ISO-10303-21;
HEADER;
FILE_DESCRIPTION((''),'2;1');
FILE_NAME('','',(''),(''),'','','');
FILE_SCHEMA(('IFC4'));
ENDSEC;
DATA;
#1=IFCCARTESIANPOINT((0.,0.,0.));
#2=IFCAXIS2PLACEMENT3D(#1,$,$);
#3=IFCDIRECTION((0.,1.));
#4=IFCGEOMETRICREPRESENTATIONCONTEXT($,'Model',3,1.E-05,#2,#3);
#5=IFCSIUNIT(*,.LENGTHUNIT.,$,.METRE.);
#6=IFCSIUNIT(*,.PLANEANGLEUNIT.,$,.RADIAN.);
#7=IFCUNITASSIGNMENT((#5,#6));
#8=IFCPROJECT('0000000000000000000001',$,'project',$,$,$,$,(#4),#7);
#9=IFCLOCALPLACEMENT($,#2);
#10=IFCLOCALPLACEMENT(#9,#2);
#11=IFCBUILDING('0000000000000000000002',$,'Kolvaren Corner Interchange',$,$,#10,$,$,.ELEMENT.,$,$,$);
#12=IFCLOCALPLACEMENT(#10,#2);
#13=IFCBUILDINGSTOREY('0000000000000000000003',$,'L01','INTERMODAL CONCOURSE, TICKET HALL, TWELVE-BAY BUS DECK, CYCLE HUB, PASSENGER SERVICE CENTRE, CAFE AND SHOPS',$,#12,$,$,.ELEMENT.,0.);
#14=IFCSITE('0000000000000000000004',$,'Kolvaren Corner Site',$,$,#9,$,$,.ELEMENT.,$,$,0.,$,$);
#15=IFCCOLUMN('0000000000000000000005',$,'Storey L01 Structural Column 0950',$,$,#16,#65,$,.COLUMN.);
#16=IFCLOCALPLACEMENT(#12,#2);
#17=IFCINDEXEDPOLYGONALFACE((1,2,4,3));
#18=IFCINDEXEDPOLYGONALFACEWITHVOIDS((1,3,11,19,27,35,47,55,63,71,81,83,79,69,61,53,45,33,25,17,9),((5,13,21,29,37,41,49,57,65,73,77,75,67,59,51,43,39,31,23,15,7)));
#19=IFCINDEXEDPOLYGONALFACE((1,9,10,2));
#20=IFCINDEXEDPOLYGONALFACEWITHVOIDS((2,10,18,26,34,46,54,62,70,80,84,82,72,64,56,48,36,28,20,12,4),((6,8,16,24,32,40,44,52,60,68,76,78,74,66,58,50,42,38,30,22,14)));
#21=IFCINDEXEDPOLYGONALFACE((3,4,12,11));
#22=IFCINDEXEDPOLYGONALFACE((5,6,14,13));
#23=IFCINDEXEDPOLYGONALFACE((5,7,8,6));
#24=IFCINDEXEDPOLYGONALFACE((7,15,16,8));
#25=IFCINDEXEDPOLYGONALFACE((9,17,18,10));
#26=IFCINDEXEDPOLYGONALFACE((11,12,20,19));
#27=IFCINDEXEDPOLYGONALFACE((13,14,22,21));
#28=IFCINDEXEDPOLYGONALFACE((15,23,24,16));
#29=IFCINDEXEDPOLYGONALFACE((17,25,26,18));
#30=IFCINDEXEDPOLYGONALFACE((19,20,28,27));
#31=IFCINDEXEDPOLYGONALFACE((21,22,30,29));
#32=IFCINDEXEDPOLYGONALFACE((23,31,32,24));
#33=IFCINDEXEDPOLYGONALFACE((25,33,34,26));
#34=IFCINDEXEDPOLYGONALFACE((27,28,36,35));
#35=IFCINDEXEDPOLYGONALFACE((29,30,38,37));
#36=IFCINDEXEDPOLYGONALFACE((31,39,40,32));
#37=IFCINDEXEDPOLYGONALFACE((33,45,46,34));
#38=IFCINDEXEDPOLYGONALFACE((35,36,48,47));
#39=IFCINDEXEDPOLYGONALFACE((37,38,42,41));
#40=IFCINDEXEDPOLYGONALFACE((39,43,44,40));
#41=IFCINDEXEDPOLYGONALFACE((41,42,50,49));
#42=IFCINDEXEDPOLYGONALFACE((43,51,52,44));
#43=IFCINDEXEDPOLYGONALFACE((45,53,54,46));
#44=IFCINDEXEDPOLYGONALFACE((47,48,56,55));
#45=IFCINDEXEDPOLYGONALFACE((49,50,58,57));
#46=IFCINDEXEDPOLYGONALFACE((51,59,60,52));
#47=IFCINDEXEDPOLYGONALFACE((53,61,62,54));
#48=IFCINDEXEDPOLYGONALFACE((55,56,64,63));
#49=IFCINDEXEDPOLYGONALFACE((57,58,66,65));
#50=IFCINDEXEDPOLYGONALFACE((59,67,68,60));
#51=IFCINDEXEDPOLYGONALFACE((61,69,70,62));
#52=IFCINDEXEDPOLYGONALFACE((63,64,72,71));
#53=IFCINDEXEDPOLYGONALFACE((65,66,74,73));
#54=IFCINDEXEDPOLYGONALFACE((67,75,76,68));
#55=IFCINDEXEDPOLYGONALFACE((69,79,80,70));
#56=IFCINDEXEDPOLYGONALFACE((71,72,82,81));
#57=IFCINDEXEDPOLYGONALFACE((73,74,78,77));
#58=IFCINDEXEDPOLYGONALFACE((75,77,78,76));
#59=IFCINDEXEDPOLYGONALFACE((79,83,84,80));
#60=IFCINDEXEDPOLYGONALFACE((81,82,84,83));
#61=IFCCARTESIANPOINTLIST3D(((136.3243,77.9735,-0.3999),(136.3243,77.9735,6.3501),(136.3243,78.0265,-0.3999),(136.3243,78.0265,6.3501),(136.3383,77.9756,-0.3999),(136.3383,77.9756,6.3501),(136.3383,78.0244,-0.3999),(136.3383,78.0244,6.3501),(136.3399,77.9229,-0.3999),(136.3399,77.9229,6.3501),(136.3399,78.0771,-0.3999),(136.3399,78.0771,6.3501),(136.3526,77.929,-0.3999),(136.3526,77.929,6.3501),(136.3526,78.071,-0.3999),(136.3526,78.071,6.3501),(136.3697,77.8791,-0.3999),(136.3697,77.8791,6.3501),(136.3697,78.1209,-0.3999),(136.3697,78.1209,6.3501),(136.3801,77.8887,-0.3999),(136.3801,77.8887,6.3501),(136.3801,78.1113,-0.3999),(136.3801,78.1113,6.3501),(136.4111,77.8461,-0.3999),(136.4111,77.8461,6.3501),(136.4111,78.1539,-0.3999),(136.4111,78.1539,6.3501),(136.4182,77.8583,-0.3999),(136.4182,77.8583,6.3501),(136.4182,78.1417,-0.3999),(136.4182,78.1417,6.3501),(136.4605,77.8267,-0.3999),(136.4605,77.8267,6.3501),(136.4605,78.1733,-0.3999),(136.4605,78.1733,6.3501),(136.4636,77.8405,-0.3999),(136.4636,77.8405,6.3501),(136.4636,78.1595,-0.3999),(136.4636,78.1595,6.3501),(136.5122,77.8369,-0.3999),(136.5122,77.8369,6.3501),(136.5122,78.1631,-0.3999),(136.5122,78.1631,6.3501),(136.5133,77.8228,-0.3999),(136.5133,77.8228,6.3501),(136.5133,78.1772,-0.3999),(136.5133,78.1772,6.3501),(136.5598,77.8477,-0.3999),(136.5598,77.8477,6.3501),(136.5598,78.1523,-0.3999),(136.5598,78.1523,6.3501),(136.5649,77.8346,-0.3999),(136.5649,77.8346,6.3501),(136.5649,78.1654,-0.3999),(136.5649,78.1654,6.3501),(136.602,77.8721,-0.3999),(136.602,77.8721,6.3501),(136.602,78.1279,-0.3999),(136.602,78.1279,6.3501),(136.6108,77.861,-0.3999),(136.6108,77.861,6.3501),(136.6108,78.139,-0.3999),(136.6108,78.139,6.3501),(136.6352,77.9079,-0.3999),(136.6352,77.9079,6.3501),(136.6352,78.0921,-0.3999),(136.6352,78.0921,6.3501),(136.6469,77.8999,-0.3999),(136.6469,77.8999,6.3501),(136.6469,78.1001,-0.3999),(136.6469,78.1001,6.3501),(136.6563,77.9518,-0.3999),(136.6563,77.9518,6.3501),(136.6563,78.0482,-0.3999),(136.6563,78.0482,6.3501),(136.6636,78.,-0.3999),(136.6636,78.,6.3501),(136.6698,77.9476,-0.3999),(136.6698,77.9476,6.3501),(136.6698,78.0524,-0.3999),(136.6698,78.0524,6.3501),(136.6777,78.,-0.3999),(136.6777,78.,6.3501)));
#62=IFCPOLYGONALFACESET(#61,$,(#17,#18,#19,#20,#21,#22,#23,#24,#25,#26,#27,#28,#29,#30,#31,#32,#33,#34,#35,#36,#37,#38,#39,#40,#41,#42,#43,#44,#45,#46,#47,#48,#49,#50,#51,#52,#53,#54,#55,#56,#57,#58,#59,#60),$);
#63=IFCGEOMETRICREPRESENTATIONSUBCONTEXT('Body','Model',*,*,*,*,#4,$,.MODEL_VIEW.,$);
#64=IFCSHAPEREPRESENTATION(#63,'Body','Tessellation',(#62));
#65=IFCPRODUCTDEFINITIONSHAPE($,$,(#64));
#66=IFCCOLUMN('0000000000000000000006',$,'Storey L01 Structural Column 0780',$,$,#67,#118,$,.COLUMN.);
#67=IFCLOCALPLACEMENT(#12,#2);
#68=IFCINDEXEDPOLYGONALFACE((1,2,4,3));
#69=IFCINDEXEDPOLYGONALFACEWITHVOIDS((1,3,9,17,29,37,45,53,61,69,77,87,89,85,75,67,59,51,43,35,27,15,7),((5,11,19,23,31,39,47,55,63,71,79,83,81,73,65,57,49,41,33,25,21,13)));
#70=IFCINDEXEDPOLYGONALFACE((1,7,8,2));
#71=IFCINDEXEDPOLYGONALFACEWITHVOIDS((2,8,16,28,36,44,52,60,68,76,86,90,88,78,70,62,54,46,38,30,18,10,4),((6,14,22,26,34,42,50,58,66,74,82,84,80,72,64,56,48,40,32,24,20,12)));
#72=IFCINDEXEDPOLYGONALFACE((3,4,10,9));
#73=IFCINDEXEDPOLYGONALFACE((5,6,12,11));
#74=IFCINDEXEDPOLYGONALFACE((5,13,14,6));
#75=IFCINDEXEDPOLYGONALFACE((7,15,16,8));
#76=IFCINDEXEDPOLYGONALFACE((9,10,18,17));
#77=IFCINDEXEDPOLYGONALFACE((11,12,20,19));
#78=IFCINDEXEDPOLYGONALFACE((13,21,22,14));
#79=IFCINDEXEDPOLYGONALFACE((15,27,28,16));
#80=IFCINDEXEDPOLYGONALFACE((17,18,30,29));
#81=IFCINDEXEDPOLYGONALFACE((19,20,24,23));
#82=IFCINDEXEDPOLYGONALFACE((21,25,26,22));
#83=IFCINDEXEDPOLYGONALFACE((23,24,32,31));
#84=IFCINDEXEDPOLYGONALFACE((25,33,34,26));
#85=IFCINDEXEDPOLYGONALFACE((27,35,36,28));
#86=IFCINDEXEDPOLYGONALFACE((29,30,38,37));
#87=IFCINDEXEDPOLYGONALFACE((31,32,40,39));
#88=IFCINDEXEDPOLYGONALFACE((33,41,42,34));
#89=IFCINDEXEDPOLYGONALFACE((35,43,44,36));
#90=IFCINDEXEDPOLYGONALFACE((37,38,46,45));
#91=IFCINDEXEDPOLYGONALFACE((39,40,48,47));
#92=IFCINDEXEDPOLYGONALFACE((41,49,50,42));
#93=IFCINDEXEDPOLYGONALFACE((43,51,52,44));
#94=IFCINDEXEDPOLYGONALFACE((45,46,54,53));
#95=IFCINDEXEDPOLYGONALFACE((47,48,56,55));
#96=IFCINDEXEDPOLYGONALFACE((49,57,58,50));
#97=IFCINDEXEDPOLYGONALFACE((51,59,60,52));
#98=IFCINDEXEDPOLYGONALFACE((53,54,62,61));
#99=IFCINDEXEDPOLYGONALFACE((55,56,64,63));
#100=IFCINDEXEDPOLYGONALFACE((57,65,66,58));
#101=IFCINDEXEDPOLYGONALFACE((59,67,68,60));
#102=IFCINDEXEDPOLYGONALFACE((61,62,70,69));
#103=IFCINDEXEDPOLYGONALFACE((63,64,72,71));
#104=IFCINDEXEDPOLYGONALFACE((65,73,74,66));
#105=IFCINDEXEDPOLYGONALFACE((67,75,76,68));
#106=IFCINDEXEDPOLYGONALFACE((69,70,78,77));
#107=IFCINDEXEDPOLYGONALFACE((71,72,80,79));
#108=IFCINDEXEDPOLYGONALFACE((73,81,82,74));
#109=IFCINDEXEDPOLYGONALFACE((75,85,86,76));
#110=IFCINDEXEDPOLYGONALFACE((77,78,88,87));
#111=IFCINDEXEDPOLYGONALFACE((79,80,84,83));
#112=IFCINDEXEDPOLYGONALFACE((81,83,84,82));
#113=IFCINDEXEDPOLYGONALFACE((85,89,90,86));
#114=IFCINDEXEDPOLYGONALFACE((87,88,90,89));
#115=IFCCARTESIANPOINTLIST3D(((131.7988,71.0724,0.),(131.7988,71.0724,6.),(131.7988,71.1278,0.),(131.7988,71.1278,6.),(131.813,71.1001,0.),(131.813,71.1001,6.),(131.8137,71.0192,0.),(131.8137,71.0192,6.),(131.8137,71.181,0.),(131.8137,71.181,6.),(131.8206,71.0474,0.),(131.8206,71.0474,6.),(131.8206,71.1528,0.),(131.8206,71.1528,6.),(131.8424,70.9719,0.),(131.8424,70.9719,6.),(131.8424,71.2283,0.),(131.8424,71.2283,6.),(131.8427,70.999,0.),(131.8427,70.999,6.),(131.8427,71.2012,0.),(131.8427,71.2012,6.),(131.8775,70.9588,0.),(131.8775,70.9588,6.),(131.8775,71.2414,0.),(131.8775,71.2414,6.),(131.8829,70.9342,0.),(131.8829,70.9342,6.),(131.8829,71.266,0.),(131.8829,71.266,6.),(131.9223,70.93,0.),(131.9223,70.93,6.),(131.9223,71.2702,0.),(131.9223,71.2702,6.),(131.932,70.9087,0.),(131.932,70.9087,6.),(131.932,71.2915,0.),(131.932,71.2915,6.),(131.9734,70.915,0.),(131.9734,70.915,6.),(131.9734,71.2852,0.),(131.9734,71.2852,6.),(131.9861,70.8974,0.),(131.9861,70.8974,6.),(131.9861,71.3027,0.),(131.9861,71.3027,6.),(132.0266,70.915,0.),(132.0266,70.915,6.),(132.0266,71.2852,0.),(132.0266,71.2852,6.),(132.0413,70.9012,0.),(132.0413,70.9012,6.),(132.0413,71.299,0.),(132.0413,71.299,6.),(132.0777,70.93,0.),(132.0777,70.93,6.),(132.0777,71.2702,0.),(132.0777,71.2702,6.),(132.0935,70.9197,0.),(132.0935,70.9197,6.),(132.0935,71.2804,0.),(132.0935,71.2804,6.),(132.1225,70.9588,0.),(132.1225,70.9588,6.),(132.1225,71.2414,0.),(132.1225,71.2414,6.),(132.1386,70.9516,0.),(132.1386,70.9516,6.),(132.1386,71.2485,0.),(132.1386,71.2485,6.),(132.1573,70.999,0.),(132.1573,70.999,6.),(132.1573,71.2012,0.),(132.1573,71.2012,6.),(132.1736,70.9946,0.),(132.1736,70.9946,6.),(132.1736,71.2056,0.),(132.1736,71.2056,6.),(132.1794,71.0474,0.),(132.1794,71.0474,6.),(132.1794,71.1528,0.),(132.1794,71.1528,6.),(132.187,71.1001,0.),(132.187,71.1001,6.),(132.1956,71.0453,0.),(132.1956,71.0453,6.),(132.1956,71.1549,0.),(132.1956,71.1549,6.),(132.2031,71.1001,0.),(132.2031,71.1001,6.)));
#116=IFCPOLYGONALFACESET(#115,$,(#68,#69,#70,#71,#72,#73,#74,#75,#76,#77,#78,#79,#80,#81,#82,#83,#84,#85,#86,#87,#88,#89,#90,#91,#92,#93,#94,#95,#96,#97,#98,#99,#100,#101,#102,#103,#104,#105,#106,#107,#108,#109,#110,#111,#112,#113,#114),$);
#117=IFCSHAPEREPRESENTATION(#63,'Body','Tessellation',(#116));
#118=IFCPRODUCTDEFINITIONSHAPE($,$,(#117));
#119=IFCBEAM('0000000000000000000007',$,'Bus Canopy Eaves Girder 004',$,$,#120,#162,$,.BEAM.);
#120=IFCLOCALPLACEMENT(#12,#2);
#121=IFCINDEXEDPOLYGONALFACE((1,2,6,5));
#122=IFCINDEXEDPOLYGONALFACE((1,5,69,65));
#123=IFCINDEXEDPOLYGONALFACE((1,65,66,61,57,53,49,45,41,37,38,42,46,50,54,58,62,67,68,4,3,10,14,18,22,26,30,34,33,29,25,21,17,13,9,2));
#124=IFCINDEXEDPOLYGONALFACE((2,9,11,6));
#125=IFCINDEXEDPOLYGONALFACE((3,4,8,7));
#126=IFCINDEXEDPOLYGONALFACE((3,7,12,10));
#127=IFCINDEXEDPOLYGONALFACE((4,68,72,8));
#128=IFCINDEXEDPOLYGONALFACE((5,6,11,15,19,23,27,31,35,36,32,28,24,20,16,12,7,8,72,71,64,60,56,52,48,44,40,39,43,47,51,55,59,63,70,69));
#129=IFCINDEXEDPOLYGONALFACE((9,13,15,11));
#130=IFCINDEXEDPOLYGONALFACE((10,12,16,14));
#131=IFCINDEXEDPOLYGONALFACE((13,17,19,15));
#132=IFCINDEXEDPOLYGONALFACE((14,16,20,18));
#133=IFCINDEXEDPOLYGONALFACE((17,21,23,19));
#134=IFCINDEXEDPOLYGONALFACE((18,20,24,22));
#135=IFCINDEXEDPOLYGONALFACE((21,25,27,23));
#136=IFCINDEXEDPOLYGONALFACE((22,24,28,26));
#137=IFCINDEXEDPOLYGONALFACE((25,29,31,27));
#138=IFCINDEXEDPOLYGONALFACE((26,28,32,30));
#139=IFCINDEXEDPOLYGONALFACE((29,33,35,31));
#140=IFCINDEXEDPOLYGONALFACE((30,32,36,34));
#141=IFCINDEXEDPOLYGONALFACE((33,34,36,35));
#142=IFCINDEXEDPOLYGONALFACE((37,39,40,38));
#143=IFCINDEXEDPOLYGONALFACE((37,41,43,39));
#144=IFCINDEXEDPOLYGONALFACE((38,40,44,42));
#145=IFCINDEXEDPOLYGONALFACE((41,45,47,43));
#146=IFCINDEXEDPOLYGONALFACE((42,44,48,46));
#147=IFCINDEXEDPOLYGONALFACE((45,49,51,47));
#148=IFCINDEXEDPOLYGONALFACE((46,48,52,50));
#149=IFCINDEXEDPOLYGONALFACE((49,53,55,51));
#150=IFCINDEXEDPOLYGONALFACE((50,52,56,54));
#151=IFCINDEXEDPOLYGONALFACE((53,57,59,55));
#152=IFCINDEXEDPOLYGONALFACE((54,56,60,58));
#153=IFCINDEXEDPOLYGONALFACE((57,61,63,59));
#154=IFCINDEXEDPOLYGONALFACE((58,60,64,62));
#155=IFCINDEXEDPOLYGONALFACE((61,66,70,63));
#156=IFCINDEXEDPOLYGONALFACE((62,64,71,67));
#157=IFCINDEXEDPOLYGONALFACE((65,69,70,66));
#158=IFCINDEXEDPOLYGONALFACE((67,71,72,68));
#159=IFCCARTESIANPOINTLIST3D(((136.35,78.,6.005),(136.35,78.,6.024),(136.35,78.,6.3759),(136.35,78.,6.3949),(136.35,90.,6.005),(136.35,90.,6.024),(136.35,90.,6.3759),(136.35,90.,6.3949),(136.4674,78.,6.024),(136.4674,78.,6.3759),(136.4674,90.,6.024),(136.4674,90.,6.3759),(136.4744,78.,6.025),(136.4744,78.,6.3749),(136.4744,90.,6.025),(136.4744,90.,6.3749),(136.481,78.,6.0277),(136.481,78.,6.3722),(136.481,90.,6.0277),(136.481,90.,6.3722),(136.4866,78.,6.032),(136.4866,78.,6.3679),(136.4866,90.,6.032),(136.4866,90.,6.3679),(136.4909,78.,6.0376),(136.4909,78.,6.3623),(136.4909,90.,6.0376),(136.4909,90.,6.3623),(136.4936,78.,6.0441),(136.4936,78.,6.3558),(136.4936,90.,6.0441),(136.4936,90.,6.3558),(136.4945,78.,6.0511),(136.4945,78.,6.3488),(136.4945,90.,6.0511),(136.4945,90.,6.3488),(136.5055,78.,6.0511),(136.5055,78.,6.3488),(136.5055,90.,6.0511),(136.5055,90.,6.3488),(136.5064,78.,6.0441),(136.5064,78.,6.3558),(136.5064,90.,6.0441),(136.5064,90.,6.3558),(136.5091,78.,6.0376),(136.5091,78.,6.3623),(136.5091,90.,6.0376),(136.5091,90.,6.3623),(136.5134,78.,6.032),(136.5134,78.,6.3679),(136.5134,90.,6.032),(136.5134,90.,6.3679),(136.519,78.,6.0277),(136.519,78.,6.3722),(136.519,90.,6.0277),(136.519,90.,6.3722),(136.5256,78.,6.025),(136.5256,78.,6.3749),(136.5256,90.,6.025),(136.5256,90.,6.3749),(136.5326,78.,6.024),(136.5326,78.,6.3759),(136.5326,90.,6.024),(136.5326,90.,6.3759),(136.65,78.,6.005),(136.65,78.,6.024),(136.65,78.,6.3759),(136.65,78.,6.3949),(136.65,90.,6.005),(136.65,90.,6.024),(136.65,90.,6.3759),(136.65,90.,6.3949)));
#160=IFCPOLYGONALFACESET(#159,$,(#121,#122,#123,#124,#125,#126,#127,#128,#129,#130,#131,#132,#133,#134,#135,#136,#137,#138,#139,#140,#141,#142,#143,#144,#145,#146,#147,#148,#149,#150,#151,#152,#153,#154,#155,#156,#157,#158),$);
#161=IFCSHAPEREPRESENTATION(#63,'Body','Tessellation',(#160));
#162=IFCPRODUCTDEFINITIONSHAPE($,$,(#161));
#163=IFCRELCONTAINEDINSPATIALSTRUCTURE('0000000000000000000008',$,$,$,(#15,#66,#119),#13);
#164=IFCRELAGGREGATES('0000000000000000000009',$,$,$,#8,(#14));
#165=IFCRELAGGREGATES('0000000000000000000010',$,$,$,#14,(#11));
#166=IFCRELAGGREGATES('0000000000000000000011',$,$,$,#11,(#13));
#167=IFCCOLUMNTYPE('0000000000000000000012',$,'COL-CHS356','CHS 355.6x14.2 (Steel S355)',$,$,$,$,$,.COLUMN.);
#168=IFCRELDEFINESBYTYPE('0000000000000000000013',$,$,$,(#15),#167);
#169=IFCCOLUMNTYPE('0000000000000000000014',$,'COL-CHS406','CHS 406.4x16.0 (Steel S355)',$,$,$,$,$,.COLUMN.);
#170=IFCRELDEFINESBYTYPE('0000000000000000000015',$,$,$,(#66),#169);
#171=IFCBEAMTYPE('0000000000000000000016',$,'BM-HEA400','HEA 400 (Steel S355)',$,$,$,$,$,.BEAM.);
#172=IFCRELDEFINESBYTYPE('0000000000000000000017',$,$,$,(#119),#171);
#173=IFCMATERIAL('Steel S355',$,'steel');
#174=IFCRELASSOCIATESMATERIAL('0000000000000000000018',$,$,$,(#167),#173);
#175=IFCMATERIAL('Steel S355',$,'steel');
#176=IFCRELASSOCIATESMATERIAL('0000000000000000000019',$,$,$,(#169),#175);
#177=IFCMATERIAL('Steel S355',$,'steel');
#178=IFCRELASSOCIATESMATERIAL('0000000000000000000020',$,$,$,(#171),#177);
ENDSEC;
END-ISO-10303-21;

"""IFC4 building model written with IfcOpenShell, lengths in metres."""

from ifc_helpers import new_model, si_unit, direction, frame, origin, origin_2d, place, context, subcontext, project, spatial, hollow_circle, i_section, extrude, material, material_profile, profile_set, type_object, element, save


model = new_model("IFC4")

# Units and contexts
model_context = context("Model", 3, precision=1e-05, world=origin(), true_north=direction((0.0, 1.0)))
body_context = subcontext(model_context, "Body", "Model", "MODEL_VIEW")
ifc_project = project(units=[si_unit("LENGTHUNIT", "METRE"), si_unit("PLANEANGLEUNIT", "RADIAN")], contexts=[model_context])

# Site, building, storey
site_placement = place(None, origin())
site = spatial("IfcSite", under=ifc_project, at=site_placement, Name="Kolvaren Corner Site", CompositionType="ELEMENT", RefElevation=0.0)
building_placement = place(site_placement, origin())
building = spatial("IfcBuilding", under=site, at=building_placement, Name="Kolvaren Corner Interchange", CompositionType="ELEMENT")
storey_placement = place(building_placement, origin())
storey = spatial("IfcBuildingStorey", under=building, at=storey_placement, Name="L01", Description="INTERMODAL CONCOURSE, TICKET HALL, TWELVE-BAY BUS DECK, CYCLE HUB, PASSENGER SERVICE CENTRE, CAFE AND SHOPS", CompositionType="ELEMENT", Elevation=0.0)

# Columns
ifc_material_1 = material(Name="Steel S355", Category="steel")
ifc_material_profile_1 = material_profile(ifc_material_1, hollow_circle(Radius=0.1777, WallThickness=0.0142, at=origin_2d()), Name="CHS 355.6x14.2")
ifc_profile_set_1 = profile_set([ifc_material_profile_1], Name="Steel S355")
column_type_1 = type_object("IfcColumnType", Name="COL-CHS356", Description="CHS 355.6x14.2 (Steel S355)", PredefinedType="COLUMN", material=ifc_profile_set_1)
column_1_placement = place(storey_placement, frame((136.5, 78.0, -0.3999), z_axis=(0.0, 0.0, 1.0), x_axis=(1.0, 0.0, 0.0)))
element("IfcColumn", 1, at=column_1_placement, inside=storey, type_object=column_type_1, Name="Storey L01 Structural Column 0950", PredefinedType="COLUMN", context=body_context, shape_type="SweptSolid", body=[
    extrude(hollow_circle(Radius=0.1777, WallThickness=0.0142, at=origin_2d()), origin(), (0.0, 0.0, 1.0), 6.75),
])
ifc_material_2 = material(Name="Steel S355", Category="steel")
ifc_material_profile_2 = material_profile(ifc_material_2, hollow_circle(Radius=0.2031, WallThickness=0.0161, at=origin_2d()), Name="CHS 406.4x16.0")
ifc_profile_set_2 = profile_set([ifc_material_profile_2], Name="Steel S355")
column_type_2 = type_object("IfcColumnType", Name="COL-CHS406", Description="CHS 406.4x16.0 (Steel S355)", PredefinedType="COLUMN", material=ifc_profile_set_2)
column_2_placement = place(storey_placement, frame((132.0, 71.1001, 0.0), z_axis=(0.0, 0.0, 1.0), x_axis=(1.0, 0.0, 0.0)))
element("IfcColumn", 2, at=column_2_placement, inside=storey, type_object=column_type_2, Name="Storey L01 Structural Column 0780", PredefinedType="COLUMN", context=body_context, shape_type="SweptSolid", body=[
    extrude(hollow_circle(Radius=0.2031, WallThickness=0.0161, at=origin_2d()), origin(), (0.0, 0.0, 1.0), 6.0),
])

# Beam
ifc_material_3 = material(Name="Steel S355", Category="steel")
ifc_material_profile_3 = material_profile(ifc_material_3, i_section(OverallWidth=0.3, OverallDepth=0.3899, WebThickness=0.011, FlangeThickness=0.019, FilletRadius=0.0271, at=origin_2d()), Name="HEA 400")
ifc_profile_set_3 = profile_set([ifc_material_profile_3], Name="Steel S355")
beam_type = type_object("IfcBeamType", Name="BM-HEA400", Description="HEA 400 (Steel S355)", PredefinedType="BEAM", material=ifc_profile_set_3)
beam_placement = place(storey_placement, frame((136.5, 78.0, 6.2), z_axis=(0.0, 1.0, 0.0), x_axis=(-1.0, 0.0, 0.0)))
element("IfcBeam", 3, at=beam_placement, inside=storey, type_object=beam_type, Name="Bus Canopy Eaves Girder 004", PredefinedType="BEAM", context=body_context, shape_type="SweptSolid", body=[
    extrude(i_section(OverallWidth=0.3, OverallDepth=0.3899, WebThickness=0.011, FlangeThickness=0.019, FilletRadius=0.0271, at=origin_2d()), origin(), (0.0, 0.0, 1.0), 12.0),
])

save(model, "model.ifc")
